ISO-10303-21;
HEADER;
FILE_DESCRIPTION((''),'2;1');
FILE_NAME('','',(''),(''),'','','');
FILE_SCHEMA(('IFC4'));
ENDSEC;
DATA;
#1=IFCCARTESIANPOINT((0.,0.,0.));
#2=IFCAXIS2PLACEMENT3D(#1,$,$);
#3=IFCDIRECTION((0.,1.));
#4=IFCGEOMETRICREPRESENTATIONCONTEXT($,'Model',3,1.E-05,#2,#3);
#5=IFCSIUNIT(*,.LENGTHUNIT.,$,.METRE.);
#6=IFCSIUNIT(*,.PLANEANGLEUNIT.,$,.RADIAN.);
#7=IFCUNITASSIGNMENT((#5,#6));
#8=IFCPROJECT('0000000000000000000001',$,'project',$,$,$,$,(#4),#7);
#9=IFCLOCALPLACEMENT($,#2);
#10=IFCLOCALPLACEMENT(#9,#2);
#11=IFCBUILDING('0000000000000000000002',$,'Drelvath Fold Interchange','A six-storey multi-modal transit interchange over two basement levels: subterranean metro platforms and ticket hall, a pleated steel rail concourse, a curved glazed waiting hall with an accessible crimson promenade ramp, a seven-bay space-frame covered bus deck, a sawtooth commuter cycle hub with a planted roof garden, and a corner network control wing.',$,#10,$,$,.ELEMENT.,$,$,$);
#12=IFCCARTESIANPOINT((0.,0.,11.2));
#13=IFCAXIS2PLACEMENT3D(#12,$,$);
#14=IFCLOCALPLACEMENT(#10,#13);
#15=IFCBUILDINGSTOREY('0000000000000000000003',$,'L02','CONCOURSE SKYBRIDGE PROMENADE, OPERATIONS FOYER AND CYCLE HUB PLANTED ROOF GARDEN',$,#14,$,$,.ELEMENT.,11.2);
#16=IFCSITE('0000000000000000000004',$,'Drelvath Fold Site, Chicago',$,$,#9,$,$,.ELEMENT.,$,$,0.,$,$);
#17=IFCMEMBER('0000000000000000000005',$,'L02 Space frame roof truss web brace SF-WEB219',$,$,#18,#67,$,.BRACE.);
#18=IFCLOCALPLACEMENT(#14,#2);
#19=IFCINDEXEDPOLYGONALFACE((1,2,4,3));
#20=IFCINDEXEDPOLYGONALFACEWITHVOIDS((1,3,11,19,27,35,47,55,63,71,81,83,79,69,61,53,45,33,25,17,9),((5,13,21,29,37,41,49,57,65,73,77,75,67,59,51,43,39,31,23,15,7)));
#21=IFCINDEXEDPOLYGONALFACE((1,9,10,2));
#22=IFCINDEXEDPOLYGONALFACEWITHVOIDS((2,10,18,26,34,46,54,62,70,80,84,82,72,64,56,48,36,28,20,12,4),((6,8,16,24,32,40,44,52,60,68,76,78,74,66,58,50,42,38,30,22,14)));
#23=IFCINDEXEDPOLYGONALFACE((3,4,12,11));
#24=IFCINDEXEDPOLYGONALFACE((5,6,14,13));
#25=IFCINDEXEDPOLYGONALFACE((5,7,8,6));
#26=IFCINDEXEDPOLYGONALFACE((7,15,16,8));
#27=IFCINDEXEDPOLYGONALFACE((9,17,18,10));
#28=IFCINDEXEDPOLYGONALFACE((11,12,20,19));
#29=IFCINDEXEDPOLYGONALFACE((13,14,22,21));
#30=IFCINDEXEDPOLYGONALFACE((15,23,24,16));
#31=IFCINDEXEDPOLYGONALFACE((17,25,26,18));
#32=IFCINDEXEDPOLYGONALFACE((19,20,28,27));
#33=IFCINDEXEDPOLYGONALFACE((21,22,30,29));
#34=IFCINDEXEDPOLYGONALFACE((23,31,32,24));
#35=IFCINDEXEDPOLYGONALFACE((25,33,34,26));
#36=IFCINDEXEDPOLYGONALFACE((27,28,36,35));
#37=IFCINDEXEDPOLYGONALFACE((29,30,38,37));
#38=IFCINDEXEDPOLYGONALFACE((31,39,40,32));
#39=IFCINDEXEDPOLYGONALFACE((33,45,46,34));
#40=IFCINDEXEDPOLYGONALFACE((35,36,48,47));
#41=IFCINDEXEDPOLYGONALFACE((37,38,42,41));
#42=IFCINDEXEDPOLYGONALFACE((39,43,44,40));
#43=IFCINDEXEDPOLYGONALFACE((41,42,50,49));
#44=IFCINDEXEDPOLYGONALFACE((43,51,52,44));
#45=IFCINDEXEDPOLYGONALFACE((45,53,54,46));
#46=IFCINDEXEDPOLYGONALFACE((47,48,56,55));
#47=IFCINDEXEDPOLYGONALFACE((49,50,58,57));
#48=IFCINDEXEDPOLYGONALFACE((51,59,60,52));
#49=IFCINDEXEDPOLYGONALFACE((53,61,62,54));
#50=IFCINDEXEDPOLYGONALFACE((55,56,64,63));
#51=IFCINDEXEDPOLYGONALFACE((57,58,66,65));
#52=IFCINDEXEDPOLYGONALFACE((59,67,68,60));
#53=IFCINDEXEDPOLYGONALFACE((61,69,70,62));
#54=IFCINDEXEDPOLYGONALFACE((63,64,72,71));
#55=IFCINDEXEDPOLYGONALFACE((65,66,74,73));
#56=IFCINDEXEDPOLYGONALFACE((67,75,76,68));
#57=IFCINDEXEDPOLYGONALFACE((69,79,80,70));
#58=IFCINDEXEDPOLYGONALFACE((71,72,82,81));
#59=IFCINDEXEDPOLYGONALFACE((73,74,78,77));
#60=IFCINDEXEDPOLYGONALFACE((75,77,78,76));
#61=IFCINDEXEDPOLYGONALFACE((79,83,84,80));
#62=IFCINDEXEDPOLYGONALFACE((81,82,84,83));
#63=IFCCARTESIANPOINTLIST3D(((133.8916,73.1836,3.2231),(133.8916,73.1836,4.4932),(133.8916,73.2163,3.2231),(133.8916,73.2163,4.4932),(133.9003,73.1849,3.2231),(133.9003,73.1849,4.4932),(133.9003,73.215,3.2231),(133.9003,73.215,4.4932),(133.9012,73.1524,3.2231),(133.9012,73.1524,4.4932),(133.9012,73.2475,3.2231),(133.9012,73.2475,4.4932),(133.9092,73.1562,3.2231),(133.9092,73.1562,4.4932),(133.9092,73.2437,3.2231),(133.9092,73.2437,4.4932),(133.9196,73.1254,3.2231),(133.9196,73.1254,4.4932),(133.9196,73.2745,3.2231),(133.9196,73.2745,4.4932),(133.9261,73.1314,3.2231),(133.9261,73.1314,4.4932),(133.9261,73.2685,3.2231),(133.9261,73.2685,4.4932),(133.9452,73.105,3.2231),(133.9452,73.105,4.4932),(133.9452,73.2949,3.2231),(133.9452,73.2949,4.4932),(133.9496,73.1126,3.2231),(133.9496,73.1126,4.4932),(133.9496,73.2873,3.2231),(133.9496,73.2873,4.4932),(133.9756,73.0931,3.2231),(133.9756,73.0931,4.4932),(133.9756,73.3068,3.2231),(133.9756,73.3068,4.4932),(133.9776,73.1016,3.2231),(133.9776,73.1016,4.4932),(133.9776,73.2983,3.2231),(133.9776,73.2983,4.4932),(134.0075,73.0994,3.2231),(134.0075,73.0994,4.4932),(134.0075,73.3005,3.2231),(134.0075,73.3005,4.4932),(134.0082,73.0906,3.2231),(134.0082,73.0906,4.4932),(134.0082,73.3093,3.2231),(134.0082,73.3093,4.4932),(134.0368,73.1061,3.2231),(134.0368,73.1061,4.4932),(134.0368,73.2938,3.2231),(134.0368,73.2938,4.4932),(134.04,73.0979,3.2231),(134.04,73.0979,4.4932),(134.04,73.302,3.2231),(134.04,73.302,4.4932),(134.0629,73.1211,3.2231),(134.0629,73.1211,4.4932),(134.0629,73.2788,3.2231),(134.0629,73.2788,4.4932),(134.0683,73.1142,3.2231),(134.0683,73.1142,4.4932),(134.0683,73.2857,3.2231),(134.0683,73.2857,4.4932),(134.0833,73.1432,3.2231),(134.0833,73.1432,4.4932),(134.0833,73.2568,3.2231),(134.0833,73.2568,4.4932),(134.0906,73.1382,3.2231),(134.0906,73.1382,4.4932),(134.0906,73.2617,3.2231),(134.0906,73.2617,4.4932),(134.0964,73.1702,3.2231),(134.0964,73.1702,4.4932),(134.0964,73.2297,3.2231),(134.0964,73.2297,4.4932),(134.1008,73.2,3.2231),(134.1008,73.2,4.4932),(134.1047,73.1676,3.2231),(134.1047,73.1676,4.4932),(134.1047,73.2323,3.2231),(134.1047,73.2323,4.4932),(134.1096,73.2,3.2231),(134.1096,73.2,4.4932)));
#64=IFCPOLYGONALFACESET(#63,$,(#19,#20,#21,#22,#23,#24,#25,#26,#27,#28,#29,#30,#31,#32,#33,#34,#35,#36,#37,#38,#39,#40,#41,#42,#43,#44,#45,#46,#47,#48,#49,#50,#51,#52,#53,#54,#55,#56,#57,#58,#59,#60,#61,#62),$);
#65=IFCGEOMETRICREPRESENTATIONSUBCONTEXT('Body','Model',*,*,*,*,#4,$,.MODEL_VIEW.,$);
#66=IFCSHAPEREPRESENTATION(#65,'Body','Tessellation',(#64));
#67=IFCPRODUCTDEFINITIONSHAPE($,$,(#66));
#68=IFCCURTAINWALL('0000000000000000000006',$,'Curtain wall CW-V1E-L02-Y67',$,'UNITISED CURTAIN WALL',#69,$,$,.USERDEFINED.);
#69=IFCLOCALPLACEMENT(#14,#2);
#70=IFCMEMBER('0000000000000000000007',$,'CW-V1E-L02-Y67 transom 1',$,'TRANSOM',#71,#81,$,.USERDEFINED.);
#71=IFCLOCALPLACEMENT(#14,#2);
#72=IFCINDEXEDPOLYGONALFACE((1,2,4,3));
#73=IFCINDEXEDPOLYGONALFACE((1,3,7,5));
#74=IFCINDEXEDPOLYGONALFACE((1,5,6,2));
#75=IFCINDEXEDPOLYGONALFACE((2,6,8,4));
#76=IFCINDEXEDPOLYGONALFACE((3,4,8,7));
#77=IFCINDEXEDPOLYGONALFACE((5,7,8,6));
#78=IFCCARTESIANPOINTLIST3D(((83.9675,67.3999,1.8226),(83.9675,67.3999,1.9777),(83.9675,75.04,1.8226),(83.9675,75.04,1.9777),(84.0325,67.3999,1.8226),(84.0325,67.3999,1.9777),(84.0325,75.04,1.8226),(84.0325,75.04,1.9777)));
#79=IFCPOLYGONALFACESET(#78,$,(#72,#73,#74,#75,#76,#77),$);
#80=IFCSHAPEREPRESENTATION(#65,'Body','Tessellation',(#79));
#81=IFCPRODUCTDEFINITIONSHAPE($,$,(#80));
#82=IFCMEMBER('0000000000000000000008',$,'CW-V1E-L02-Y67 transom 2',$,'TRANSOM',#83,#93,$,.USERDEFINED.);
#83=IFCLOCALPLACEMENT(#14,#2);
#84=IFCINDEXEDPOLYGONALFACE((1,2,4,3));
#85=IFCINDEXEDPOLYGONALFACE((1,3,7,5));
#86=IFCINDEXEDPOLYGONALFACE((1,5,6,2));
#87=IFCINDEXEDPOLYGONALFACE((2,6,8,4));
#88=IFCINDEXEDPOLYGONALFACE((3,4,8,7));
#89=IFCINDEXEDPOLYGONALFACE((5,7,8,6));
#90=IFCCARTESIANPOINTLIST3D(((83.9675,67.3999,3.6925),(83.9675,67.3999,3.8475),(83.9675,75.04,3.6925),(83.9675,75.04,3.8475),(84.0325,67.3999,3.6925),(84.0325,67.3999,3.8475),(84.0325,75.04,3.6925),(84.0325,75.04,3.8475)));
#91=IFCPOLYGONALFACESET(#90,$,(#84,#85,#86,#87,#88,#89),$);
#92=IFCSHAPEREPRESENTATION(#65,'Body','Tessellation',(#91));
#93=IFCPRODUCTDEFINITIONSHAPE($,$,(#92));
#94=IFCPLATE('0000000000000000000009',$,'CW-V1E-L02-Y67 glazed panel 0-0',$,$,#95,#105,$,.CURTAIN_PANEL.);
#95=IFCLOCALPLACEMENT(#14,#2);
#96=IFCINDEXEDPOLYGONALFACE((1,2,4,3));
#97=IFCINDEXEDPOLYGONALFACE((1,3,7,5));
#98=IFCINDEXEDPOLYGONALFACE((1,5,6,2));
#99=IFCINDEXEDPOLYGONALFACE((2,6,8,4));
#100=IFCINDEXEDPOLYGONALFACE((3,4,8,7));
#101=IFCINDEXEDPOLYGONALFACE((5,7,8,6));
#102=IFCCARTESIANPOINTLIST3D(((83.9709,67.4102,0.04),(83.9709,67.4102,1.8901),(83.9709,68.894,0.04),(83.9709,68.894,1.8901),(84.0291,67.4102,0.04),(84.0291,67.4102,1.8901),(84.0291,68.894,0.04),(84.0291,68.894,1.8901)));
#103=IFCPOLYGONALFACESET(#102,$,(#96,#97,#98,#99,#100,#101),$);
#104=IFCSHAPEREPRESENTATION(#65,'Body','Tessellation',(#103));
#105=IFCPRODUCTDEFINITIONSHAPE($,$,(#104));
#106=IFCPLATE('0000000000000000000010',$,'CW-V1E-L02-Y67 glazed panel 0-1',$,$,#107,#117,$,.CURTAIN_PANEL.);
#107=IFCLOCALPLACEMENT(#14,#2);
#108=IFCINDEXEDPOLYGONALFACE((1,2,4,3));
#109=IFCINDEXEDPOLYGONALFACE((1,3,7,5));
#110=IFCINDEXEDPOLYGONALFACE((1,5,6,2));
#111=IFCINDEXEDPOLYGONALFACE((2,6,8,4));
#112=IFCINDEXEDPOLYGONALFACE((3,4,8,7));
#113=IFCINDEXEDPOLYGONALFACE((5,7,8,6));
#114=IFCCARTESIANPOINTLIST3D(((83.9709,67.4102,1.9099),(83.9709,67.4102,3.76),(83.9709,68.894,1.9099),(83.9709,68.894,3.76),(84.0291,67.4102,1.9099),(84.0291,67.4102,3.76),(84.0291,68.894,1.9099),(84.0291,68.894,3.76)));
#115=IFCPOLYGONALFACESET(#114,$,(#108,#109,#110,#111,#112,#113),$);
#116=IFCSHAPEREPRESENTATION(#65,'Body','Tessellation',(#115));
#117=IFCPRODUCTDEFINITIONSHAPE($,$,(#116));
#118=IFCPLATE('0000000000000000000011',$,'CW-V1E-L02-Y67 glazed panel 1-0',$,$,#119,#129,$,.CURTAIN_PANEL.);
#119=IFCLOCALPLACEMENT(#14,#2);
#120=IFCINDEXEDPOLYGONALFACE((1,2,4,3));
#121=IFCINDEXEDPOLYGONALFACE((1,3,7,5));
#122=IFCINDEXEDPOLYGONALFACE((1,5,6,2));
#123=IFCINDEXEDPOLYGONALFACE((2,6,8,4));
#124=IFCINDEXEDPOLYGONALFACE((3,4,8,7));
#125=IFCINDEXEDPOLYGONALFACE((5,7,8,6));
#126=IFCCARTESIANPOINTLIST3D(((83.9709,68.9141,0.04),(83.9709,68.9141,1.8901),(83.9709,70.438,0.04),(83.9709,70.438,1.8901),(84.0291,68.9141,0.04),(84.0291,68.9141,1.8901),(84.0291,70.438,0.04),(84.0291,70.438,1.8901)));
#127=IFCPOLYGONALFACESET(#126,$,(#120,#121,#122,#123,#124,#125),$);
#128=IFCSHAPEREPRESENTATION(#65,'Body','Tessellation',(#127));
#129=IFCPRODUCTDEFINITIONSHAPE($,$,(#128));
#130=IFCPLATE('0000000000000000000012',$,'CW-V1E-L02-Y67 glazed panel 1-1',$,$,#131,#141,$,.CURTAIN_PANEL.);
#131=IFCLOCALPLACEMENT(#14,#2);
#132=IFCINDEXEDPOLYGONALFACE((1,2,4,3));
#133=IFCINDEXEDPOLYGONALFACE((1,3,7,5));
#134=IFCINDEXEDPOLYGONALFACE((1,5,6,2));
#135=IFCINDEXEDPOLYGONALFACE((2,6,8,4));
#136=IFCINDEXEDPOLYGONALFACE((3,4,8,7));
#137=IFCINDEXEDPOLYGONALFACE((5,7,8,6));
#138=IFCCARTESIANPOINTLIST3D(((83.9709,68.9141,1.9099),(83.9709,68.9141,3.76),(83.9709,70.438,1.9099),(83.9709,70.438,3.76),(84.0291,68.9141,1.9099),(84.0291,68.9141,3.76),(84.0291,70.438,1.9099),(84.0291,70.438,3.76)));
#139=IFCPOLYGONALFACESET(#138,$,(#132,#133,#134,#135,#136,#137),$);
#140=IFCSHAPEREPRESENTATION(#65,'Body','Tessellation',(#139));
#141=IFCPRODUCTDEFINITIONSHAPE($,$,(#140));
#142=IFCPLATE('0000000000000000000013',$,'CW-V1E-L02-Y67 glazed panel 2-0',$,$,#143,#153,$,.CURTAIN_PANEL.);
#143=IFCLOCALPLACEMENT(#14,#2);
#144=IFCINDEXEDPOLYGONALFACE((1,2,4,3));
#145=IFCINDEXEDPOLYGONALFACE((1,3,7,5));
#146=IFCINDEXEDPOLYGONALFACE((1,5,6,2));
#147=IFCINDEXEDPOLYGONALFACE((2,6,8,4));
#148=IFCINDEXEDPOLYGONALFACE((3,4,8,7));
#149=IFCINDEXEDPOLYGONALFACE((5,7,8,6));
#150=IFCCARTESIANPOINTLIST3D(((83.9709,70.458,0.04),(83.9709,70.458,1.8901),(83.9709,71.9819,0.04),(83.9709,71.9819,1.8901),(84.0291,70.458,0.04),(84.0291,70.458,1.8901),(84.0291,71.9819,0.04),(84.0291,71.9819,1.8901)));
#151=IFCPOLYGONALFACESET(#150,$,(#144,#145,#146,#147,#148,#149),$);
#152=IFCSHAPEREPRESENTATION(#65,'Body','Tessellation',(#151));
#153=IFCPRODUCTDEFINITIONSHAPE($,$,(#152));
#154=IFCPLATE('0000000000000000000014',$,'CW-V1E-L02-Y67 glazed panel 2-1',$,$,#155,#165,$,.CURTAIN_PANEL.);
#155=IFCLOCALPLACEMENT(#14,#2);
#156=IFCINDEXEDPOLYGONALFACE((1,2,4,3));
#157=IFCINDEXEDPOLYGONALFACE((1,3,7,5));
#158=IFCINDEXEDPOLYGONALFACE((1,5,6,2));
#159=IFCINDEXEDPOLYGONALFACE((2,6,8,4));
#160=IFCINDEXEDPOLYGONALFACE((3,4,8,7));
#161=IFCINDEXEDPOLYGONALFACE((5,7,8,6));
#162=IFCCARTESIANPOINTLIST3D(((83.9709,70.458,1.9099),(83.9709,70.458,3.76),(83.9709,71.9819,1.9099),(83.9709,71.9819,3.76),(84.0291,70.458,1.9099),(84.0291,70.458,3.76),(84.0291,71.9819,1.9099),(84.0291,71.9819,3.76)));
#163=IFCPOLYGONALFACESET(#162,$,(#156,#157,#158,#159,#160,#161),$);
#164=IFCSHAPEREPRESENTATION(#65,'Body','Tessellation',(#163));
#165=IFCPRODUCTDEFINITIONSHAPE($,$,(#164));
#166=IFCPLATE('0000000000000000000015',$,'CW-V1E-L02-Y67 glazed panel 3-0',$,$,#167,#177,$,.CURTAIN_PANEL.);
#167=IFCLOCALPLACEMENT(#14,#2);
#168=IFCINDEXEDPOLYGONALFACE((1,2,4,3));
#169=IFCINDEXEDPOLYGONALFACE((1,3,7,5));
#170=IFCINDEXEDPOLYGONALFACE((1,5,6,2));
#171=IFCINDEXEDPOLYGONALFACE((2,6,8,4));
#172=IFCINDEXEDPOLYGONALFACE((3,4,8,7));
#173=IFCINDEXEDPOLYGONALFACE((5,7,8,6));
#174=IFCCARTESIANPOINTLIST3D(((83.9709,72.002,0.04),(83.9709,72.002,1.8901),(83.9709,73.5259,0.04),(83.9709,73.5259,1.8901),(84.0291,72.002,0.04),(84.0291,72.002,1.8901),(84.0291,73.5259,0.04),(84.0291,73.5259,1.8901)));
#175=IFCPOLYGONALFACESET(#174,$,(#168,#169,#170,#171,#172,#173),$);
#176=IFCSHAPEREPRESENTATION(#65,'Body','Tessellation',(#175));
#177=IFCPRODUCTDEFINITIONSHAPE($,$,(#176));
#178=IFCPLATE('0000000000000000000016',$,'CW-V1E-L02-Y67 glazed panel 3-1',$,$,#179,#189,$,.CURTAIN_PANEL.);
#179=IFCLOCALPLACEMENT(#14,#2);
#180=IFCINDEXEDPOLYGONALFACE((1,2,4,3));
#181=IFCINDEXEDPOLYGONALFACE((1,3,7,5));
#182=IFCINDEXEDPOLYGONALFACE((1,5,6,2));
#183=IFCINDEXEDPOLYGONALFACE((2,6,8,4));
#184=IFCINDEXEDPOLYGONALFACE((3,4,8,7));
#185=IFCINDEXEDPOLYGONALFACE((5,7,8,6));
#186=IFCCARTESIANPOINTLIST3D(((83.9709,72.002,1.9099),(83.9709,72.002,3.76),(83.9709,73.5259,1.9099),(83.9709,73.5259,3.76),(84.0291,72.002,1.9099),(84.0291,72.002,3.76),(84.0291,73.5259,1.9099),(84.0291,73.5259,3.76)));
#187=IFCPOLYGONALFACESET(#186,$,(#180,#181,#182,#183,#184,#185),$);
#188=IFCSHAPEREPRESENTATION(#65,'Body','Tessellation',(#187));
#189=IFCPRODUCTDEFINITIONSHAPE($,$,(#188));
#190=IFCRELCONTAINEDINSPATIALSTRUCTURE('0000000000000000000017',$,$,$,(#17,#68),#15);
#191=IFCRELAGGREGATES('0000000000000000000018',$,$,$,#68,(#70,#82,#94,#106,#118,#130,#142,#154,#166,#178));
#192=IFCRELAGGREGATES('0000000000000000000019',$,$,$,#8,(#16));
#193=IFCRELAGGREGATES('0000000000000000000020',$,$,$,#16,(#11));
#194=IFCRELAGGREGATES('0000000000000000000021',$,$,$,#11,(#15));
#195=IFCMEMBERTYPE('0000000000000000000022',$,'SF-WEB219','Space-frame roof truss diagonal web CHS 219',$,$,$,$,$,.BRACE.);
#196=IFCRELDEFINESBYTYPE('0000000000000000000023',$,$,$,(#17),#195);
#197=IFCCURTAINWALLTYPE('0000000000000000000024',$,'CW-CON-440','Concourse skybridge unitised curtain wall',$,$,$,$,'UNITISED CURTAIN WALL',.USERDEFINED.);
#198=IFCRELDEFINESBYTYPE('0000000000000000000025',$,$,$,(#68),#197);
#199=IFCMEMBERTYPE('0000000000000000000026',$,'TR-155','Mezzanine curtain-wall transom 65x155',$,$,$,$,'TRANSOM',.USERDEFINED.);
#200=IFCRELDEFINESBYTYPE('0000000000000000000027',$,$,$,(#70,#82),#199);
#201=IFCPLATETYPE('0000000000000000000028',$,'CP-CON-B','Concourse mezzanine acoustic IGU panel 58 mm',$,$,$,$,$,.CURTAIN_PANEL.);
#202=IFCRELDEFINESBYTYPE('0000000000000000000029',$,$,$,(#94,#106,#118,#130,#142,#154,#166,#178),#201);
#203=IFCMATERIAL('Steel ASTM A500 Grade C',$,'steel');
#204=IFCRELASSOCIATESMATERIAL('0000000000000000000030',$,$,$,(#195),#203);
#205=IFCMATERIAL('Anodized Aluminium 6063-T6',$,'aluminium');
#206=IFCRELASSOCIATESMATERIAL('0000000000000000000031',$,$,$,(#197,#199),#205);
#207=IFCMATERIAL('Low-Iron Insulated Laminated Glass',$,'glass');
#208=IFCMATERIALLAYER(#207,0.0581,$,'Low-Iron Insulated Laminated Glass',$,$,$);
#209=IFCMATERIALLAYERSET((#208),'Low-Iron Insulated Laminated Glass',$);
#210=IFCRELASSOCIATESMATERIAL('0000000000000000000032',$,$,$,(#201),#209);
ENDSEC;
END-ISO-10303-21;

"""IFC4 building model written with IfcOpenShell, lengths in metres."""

from ifc_helpers import new_model, si_unit, direction, frame, origin, origin_2d, place, context, subcontext, project, spatial, rectangle, hollow_circle, extrude, material, layer, layer_set, material_profile, profile_set, type_object, element, aggregate, save


model = new_model("IFC4")

# Units and contexts
model_context = context("Model", 3, precision=1e-05, world=origin(), true_north=direction((0.0, 1.0)))
body_context = subcontext(model_context, "Body", "Model", "MODEL_VIEW")
ifc_project = project(units=[si_unit("LENGTHUNIT", "METRE"), si_unit("PLANEANGLEUNIT", "RADIAN")], contexts=[model_context])

# Site, building, storey
site_placement = place(None, origin())
site = spatial("IfcSite", under=ifc_project, at=site_placement, Name="Drelvath Fold Site, Chicago", CompositionType="ELEMENT", RefElevation=0.0)
building_placement = place(site_placement, origin())
building = spatial("IfcBuilding", under=site, at=building_placement, Name="Drelvath Fold Interchange", Description="A six-storey multi-modal transit interchange over two basement levels: subterranean metro platforms and ticket hall, a pleated steel rail concourse, a curved glazed waiting hall with an accessible crimson promenade ramp, a seven-bay space-frame covered bus deck, a sawtooth commuter cycle hub with a planted roof garden, and a corner network control wing.", CompositionType="ELEMENT")
storey_placement = place(building_placement, frame((0.0, 0.0, 11.2)))
storey = spatial("IfcBuildingStorey", under=building, at=storey_placement, Name="L02", Description="CONCOURSE SKYBRIDGE PROMENADE, OPERATIONS FOYER AND CYCLE HUB PLANTED ROOF GARDEN", CompositionType="ELEMENT", Elevation=11.2)

# Shared definitions
ifc_material_1 = material(Name="Steel ASTM A500 Grade C", Category="steel")

# Member
ifc_material_profile_1 = material_profile(ifc_material_1, hollow_circle(Radius=0.1096, WallThickness=0.0088, at=origin_2d()), Name="HSS8.625X0.375")
ifc_profile_set_1 = profile_set([ifc_material_profile_1], Name="Steel ASTM A500 Grade C")
member_type_1 = type_object("IfcMemberType", Name="SF-WEB219", Description="Space-frame roof truss diagonal web CHS 219", PredefinedType="BRACE", material=ifc_profile_set_1)
member_1_placement = place(storey_placement, frame((134.0, 73.2, 3.2231), z_axis=(0.0, 0.0, 1.0), x_axis=(1.0, 0.0, 0.0)))
element("IfcMember", 1, at=member_1_placement, inside=storey, type_object=member_type_1, Name="L02 Space frame roof truss web brace SF-WEB219", PredefinedType="BRACE", context=body_context, shape_type="SweptSolid", body=[
    extrude(hollow_circle(Radius=0.1096, WallThickness=0.0088, at=origin_2d()), origin(), (0.0, 0.0, 1.0), 1.27),
])

# Curtain wall, members, plates
ifc_material_2 = material(Name="Anodized Aluminium 6063-T6", Category="aluminium")
curtain_wall_type = type_object("IfcCurtainWallType", Name="CW-CON-440", Description="Concourse skybridge unitised curtain wall", ElementType="UNITISED CURTAIN WALL", PredefinedType="USERDEFINED", material=ifc_material_2)
curtain_wall_placement = place(storey_placement, origin())
curtain_wall = element("IfcCurtainWall", 2, at=curtain_wall_placement, inside=storey, type_object=curtain_wall_type, Name="Curtain wall CW-V1E-L02-Y67", ObjectType="UNITISED CURTAIN WALL", PredefinedType="USERDEFINED")
ifc_material_profile_2 = material_profile(ifc_material_2, rectangle(XDim=0.0649, YDim=0.155, at=origin_2d()), Name="AL-T 65x155")
ifc_profile_set_2 = profile_set([ifc_material_profile_2], Name="Anodized Aluminium 6063-T6")
member_type_2 = type_object("IfcMemberType", Name="TR-155", Description="Mezzanine curtain-wall transom 65x155", ElementType="TRANSOM", PredefinedType="USERDEFINED", material=ifc_profile_set_2)
member_2_placement = place(storey_placement, frame((84.0, 67.3999, 1.9001), z_axis=(0.0, 1.0, 0.0), x_axis=(-1.0, 0.0, 0.0)))
member_2 = element("IfcMember", 3, at=member_2_placement, type_object=member_type_2, Name="CW-V1E-L02-Y67 transom 1", ObjectType="TRANSOM", PredefinedType="USERDEFINED", context=body_context, shape_type="SweptSolid", body=[
    extrude(rectangle(XDim=0.0649, YDim=0.155, at=origin_2d()), origin(), (0.0, 0.0, 1.0), 7.6401),
])
member_3_placement = place(storey_placement, frame((84.0, 67.3999, 3.77), z_axis=(0.0, 1.0, 0.0), x_axis=(-1.0, 0.0, 0.0)))
member_3 = element("IfcMember", 4, at=member_3_placement, type_object=member_type_2, Name="CW-V1E-L02-Y67 transom 2", ObjectType="TRANSOM", PredefinedType="USERDEFINED", context=body_context, shape_type="SweptSolid", body=[
    extrude(rectangle(XDim=0.0649, YDim=0.155, at=origin_2d()), origin(), (0.0, 0.0, 1.0), 7.6401),
])
ifc_material_3 = material(Name="Low-Iron Insulated Laminated Glass", Category="glass")
ifc_layer_1 = layer(ifc_material_3, 0.0581, Name="Low-Iron Insulated Laminated Glass")
ifc_layer_set_1 = layer_set([ifc_layer_1], Name="Low-Iron Insulated Laminated Glass")
plate_type_1 = type_object("IfcPlateType", Name="CP-CON-B", Description="Concourse mezzanine acoustic IGU panel 58 mm", PredefinedType="CURTAIN_PANEL", material=ifc_layer_set_1)
plate_1_placement = place(storey_placement, frame((84.0, 68.1521, 0.04), z_axis=(0.0, 0.0, 1.0), x_axis=(0.0, 1.0, 0.0)))
plate_1 = element("IfcPlate", 5, at=plate_1_placement, type_object=plate_type_1, Name="CW-V1E-L02-Y67 glazed panel 0-0", PredefinedType="CURTAIN_PANEL", context=body_context, shape_type="SweptSolid", body=[
    extrude(rectangle(XDim=1.4839, YDim=0.0581, at=origin_2d()), origin(), (0.0, 0.0, 1.0), 1.8501),
])
plate_2_placement = place(storey_placement, frame((84.0, 68.1521, 1.9099), z_axis=(0.0, 0.0, 1.0), x_axis=(0.0, 1.0, 0.0)))
plate_2 = element("IfcPlate", 6, at=plate_2_placement, type_object=plate_type_1, Name="CW-V1E-L02-Y67 glazed panel 0-1", PredefinedType="CURTAIN_PANEL", context=body_context, shape_type="SweptSolid", body=[
    extrude(rectangle(XDim=1.4839, YDim=0.0581, at=origin_2d()), origin(), (0.0, 0.0, 1.0), 1.8501),
])
plate_3_placement = place(storey_placement, frame((84.0, 69.676, 0.04), z_axis=(0.0, 0.0, 1.0), x_axis=(0.0, 1.0, 0.0)))
plate_3 = element("IfcPlate", 7, at=plate_3_placement, type_object=plate_type_1, Name="CW-V1E-L02-Y67 glazed panel 1-0", PredefinedType="CURTAIN_PANEL", context=body_context, shape_type="SweptSolid", body=[
    extrude(rectangle(XDim=1.5239, YDim=0.0581, at=origin_2d()), origin(), (0.0, 0.0, 1.0), 1.8501),
])
plate_4_placement = place(storey_placement, frame((84.0, 69.676, 1.9099), z_axis=(0.0, 0.0, 1.0), x_axis=(0.0, 1.0, 0.0)))
plate_4 = element("IfcPlate", 8, at=plate_4_placement, type_object=plate_type_1, Name="CW-V1E-L02-Y67 glazed panel 1-1", PredefinedType="CURTAIN_PANEL", context=body_context, shape_type="SweptSolid", body=[
    extrude(rectangle(XDim=1.5239, YDim=0.0581, at=origin_2d()), origin(), (0.0, 0.0, 1.0), 1.8501),
])
plate_5_placement = place(storey_placement, frame((84.0, 71.22, 0.04), z_axis=(0.0, 0.0, 1.0), x_axis=(0.0, 1.0, 0.0)))
plate_5 = element("IfcPlate", 9, at=plate_5_placement, type_object=plate_type_1, Name="CW-V1E-L02-Y67 glazed panel 2-0", PredefinedType="CURTAIN_PANEL", context=body_context, shape_type="SweptSolid", body=[
    extrude(rectangle(XDim=1.5239, YDim=0.0581, at=origin_2d()), origin(), (0.0, 0.0, 1.0), 1.8501),
])
plate_6_placement = place(storey_placement, frame((84.0, 71.22, 1.9099), z_axis=(0.0, 0.0, 1.0), x_axis=(0.0, 1.0, 0.0)))
plate_6 = element("IfcPlate", 10, at=plate_6_placement, type_object=plate_type_1, Name="CW-V1E-L02-Y67 glazed panel 2-1", PredefinedType="CURTAIN_PANEL", context=body_context, shape_type="SweptSolid", body=[
    extrude(rectangle(XDim=1.5239, YDim=0.0581, at=origin_2d()), origin(), (0.0, 0.0, 1.0), 1.8501),
])
plate_7_placement = place(storey_placement, frame((84.0, 72.7639, 0.04), z_axis=(0.0, 0.0, 1.0), x_axis=(0.0, 1.0, 0.0)))
plate_7 = element("IfcPlate", 11, at=plate_7_placement, type_object=plate_type_1, Name="CW-V1E-L02-Y67 glazed panel 3-0", PredefinedType="CURTAIN_PANEL", context=body_context, shape_type="SweptSolid", body=[
    extrude(rectangle(XDim=1.5239, YDim=0.0581, at=origin_2d()), origin(), (0.0, 0.0, 1.0), 1.8501),
])
plate_8_placement = place(storey_placement, frame((84.0, 72.7639, 1.9099), z_axis=(0.0, 0.0, 1.0), x_axis=(0.0, 1.0, 0.0)))
plate_8 = element("IfcPlate", 12, at=plate_8_placement, type_object=plate_type_1, Name="CW-V1E-L02-Y67 glazed panel 3-1", PredefinedType="CURTAIN_PANEL", context=body_context, shape_type="SweptSolid", body=[
    extrude(rectangle(XDim=1.5239, YDim=0.0581, at=origin_2d()), origin(), (0.0, 0.0, 1.0), 1.8501),
])
aggregate(curtain_wall, [member_2, member_3, plate_1, plate_2, plate_3, plate_4, plate_5, plate_6, plate_7, plate_8])

save(model, "model.ifc")
